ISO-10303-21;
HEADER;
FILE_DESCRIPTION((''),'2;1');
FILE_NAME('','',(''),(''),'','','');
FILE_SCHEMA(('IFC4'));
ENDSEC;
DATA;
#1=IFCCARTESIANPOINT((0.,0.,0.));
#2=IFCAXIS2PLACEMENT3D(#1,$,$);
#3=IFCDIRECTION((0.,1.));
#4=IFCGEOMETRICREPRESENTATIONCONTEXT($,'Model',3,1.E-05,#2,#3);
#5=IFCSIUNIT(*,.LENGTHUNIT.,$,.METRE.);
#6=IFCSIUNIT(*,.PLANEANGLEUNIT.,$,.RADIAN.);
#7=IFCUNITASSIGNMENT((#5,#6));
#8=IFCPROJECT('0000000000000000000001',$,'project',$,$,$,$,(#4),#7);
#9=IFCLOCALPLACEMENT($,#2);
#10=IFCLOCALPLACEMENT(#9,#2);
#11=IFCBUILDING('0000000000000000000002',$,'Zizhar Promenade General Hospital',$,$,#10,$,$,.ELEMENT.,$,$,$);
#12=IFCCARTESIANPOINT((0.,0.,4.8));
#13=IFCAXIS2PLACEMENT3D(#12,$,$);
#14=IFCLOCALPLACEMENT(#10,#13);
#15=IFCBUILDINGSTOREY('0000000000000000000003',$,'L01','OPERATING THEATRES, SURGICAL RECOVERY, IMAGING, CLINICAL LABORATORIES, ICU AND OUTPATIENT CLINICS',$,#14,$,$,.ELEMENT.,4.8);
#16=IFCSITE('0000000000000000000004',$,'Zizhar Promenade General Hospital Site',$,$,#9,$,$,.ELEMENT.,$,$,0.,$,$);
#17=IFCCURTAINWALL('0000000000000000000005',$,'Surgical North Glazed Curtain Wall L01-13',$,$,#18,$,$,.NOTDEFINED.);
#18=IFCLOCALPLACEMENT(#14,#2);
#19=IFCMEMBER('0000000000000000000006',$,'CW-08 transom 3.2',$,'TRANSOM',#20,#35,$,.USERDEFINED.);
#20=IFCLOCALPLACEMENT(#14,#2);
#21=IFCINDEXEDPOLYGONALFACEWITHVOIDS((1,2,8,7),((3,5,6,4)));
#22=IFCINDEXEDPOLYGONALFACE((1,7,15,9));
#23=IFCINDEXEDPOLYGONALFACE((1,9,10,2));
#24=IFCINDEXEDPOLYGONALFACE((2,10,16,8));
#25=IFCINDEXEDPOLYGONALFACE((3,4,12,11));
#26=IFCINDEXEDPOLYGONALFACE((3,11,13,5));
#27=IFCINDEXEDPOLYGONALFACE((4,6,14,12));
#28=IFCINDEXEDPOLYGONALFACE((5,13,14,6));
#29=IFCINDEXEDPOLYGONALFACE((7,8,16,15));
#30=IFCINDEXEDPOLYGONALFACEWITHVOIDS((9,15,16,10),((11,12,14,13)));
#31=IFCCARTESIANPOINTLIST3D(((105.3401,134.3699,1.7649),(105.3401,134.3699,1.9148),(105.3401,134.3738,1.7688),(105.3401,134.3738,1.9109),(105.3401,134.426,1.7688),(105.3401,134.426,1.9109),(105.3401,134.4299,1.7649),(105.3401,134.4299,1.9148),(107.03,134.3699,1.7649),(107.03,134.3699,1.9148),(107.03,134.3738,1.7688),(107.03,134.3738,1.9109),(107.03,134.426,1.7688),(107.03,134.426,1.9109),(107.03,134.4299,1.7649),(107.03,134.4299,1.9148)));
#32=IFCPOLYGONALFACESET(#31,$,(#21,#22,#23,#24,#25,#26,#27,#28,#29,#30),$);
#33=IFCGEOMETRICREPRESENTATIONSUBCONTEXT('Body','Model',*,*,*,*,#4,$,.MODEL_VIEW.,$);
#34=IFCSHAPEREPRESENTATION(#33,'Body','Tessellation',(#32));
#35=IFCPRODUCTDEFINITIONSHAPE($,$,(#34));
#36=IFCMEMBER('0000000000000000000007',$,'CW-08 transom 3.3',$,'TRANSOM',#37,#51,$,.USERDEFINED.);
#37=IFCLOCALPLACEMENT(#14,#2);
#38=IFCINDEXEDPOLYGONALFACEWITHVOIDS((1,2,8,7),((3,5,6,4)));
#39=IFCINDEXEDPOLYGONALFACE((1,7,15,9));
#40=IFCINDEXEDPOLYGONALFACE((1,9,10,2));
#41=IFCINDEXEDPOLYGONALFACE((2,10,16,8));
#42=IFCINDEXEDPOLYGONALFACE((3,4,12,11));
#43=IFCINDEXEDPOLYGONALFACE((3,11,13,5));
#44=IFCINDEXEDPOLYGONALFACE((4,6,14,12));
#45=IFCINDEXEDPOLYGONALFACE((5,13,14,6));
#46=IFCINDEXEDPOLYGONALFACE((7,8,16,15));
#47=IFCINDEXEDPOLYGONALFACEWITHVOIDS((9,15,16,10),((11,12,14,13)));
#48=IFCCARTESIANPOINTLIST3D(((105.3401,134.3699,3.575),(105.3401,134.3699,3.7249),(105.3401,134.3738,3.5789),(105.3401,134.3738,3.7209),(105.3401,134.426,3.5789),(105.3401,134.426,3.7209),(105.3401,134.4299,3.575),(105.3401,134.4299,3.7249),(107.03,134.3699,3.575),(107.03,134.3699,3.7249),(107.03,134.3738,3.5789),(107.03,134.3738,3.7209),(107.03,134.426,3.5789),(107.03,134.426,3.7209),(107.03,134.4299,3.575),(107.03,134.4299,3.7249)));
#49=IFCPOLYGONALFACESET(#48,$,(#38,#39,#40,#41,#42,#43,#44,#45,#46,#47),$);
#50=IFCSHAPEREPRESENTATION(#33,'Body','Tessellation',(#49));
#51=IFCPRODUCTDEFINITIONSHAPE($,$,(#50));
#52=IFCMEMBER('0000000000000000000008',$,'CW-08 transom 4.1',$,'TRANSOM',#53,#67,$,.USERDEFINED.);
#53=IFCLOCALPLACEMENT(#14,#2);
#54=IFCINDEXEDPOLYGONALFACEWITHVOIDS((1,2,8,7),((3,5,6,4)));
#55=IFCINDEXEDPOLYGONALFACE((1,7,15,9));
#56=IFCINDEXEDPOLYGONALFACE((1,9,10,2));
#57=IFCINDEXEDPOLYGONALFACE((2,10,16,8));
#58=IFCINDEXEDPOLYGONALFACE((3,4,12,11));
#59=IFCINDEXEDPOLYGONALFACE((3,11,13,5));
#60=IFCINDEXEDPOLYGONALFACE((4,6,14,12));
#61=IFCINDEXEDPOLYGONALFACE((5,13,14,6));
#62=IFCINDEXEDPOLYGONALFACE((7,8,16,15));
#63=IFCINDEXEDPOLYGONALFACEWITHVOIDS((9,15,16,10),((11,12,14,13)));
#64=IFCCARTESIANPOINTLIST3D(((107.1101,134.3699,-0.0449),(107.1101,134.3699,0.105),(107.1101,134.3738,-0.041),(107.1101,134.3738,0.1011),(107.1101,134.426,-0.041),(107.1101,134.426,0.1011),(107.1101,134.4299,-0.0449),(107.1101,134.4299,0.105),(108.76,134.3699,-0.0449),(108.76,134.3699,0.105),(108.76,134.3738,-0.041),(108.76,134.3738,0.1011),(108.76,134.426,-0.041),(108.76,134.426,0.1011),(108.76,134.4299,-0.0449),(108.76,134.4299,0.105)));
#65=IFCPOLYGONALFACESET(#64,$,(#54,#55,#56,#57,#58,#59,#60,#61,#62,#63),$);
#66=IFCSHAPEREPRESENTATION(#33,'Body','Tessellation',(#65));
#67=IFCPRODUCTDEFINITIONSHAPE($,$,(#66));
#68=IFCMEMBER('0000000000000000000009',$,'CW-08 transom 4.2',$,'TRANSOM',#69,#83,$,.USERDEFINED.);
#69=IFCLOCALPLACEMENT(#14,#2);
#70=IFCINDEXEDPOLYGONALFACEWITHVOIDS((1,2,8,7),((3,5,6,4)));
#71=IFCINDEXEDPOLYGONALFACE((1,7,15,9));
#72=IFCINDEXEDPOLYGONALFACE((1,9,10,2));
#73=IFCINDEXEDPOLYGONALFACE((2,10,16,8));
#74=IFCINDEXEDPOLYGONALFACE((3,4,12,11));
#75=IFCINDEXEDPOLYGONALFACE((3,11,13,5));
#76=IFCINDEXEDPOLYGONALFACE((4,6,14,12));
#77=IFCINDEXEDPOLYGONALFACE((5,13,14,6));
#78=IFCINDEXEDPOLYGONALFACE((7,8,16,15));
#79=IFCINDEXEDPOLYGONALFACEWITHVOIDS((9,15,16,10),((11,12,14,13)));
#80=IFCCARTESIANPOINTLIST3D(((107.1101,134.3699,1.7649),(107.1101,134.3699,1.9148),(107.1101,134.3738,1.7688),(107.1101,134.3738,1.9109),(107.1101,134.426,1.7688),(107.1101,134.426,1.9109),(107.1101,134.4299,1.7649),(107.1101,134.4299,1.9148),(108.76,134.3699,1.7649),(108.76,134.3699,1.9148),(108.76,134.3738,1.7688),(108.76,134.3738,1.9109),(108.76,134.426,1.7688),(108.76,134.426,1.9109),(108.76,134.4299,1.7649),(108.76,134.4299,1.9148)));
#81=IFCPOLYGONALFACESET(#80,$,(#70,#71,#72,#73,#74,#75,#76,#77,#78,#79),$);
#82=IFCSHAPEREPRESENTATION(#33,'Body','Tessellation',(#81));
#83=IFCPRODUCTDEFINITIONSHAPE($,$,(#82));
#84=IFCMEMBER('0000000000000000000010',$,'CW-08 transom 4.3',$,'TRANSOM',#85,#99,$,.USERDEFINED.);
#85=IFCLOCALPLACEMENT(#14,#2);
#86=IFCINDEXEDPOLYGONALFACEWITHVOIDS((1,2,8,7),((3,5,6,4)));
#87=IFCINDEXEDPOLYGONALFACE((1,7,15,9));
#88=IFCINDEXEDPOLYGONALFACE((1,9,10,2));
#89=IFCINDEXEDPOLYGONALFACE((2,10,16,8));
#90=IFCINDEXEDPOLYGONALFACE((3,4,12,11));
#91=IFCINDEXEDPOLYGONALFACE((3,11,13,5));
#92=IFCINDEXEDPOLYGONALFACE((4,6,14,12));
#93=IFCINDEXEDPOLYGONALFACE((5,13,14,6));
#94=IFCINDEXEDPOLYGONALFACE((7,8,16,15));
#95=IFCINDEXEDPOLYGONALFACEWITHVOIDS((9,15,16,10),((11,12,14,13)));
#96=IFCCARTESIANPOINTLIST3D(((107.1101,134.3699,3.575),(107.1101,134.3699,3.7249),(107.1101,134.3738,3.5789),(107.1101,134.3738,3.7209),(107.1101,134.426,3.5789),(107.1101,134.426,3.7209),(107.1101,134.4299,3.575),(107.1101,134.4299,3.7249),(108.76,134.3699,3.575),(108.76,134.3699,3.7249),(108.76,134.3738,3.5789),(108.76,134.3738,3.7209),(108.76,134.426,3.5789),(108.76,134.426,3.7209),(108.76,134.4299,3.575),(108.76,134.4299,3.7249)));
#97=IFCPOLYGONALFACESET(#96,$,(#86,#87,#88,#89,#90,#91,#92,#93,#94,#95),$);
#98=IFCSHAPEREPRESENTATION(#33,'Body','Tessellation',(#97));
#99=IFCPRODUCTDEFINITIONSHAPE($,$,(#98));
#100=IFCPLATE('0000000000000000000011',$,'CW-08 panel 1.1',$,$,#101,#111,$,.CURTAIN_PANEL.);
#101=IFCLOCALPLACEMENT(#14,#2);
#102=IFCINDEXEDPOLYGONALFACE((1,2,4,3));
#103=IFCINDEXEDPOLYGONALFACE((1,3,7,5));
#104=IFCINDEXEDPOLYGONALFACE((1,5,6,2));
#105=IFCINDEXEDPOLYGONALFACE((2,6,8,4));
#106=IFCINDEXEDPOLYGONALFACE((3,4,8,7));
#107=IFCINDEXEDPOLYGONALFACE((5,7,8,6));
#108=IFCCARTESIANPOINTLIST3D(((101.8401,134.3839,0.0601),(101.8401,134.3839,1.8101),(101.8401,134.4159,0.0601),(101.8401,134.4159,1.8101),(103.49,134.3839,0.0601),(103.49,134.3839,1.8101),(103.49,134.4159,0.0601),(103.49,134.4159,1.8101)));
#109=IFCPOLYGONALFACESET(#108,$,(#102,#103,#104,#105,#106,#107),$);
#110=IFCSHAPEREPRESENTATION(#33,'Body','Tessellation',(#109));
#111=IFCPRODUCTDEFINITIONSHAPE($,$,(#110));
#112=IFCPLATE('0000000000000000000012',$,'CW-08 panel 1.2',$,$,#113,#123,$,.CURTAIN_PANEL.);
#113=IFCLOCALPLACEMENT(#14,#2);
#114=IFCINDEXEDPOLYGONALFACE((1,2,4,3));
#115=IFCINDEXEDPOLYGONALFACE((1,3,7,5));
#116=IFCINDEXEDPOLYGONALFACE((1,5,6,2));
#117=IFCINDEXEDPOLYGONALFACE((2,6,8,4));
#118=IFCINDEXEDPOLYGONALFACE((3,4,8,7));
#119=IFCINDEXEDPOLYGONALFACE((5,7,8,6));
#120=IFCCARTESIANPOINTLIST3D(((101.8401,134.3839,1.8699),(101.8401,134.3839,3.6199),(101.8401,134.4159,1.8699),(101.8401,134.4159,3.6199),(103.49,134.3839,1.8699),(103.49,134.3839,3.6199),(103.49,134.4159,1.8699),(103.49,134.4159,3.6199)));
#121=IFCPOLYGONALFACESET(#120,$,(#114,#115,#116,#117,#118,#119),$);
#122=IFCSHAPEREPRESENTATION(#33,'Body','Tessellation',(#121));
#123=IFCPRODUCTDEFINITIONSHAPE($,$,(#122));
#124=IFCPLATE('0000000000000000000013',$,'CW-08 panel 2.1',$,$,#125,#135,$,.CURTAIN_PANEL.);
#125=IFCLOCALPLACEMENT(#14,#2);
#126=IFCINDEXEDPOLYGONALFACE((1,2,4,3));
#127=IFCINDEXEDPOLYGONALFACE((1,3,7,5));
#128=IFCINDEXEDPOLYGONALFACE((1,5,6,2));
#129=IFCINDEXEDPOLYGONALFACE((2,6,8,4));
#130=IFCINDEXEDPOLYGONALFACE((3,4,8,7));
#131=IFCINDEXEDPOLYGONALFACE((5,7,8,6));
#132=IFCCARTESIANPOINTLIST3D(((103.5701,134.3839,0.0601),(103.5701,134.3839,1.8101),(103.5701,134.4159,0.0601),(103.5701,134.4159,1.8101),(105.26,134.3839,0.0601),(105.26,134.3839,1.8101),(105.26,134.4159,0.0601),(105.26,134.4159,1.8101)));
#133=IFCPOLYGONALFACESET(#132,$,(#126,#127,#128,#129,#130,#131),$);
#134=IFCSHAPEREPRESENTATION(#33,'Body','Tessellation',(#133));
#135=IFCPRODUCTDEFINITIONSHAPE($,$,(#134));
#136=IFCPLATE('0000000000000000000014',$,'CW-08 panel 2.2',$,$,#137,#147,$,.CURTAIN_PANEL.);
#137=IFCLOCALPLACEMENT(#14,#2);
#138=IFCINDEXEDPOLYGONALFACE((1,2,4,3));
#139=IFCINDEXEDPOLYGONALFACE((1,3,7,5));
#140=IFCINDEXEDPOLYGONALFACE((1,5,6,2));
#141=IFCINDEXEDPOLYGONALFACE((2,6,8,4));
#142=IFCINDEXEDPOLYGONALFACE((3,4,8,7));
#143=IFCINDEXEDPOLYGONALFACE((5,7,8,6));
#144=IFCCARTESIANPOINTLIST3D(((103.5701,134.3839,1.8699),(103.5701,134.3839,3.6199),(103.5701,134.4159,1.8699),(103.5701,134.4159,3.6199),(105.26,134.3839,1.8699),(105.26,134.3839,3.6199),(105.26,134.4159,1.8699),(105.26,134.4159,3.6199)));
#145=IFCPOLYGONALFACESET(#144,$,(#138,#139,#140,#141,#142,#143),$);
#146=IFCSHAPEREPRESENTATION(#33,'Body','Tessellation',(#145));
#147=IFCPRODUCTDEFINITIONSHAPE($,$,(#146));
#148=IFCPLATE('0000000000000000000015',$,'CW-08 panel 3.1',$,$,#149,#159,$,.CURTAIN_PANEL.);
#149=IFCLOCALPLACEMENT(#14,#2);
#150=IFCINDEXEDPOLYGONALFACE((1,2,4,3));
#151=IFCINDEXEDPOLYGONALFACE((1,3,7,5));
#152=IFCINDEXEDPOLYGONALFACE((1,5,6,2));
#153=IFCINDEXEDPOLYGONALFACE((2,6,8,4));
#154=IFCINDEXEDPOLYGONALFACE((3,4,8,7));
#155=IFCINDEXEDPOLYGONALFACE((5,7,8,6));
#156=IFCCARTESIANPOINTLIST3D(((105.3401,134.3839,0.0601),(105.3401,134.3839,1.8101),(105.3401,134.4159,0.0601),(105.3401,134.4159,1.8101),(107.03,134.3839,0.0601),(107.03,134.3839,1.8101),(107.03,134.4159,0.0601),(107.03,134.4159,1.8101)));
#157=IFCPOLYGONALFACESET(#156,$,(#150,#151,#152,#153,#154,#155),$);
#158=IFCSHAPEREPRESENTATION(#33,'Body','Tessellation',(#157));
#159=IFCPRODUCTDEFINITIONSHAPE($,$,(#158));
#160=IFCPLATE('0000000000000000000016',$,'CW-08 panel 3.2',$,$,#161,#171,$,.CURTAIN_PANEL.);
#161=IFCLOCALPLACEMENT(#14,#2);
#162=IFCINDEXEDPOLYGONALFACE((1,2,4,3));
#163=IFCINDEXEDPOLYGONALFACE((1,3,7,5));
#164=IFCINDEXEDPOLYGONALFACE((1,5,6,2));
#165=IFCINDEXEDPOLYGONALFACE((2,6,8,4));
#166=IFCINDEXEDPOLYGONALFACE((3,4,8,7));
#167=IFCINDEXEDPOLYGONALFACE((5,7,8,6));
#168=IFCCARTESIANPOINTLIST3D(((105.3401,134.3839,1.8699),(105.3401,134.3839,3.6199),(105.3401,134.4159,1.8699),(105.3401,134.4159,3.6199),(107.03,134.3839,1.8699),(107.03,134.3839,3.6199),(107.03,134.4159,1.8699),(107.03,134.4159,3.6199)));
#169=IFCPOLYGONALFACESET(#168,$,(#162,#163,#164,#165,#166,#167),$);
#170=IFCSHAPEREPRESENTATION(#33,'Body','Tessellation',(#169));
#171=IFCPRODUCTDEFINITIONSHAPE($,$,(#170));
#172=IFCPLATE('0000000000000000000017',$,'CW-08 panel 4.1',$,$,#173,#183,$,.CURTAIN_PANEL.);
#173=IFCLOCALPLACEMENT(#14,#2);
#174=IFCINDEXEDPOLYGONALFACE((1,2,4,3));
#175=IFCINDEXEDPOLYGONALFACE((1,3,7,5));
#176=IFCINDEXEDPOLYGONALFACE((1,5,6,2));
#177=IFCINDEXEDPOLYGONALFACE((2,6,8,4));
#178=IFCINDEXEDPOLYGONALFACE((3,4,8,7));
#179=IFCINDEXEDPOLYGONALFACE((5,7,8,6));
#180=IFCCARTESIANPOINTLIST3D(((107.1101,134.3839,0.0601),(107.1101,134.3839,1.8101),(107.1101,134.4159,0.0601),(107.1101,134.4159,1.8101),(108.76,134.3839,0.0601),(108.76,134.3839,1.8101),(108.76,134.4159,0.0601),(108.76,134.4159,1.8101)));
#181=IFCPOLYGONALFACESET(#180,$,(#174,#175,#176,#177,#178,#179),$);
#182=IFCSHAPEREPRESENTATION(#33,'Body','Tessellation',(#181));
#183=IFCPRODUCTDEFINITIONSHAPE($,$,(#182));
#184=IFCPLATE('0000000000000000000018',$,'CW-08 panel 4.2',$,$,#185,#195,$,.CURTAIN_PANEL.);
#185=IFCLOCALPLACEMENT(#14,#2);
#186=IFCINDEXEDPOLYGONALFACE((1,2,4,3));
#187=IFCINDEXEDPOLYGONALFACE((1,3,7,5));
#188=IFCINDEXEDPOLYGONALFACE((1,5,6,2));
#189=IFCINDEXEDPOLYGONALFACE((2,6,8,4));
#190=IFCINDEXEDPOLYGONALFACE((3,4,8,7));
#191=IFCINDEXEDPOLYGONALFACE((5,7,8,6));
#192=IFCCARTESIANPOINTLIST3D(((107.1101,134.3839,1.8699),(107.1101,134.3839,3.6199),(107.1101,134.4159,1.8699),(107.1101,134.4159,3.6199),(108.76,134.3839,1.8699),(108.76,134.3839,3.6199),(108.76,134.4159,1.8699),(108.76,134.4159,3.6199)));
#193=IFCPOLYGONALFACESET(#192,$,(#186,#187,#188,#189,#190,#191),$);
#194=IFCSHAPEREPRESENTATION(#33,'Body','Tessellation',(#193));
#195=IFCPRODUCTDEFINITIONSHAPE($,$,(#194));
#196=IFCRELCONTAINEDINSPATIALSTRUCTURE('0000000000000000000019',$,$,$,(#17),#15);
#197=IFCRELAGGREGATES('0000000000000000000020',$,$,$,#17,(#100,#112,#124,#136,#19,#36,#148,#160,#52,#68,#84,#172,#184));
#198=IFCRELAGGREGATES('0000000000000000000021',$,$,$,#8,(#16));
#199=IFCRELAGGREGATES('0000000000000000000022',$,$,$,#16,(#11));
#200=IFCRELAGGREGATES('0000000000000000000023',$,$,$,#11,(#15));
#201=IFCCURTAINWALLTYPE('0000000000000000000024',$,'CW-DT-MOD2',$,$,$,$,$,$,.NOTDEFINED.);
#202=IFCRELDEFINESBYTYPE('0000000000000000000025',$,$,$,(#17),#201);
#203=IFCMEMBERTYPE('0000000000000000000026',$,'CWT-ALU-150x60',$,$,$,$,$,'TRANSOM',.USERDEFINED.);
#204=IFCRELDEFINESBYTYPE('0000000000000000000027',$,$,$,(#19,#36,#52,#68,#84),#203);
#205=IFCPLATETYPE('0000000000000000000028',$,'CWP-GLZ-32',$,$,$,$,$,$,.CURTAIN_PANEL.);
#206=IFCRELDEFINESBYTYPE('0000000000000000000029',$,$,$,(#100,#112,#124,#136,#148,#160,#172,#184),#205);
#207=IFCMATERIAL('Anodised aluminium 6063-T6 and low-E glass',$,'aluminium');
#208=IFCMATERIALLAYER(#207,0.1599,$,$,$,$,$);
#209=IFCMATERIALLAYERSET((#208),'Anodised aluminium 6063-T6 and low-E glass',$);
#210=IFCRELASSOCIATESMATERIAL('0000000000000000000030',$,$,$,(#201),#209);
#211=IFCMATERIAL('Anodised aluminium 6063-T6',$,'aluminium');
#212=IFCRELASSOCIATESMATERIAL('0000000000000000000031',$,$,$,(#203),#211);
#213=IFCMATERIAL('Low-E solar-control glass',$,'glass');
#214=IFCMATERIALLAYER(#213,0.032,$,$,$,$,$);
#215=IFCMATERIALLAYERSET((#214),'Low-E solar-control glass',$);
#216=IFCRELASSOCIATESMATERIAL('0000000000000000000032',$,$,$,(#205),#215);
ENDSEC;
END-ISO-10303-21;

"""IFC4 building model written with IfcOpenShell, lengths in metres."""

from ifc_helpers import new_model, si_unit, direction, frame, origin, origin_2d, place, context, subcontext, project, spatial, rectangle, hollow_rectangle, extrude, material, layer, layer_set, material_profile, profile_set, type_object, element, aggregate, save


model = new_model("IFC4")

# Units and contexts
model_context = context("Model", 3, precision=1e-05, world=origin(), true_north=direction((0.0, 1.0)))
body_context = subcontext(model_context, "Body", "Model", "MODEL_VIEW")
ifc_project = project(units=[si_unit("LENGTHUNIT", "METRE"), si_unit("PLANEANGLEUNIT", "RADIAN")], contexts=[model_context])

# Site, building, storey
site_placement = place(None, origin())
site = spatial("IfcSite", under=ifc_project, at=site_placement, Name="Zizhar Promenade General Hospital Site", CompositionType="ELEMENT", RefElevation=0.0)
building_placement = place(site_placement, origin())
building = spatial("IfcBuilding", under=site, at=building_placement, Name="Zizhar Promenade General Hospital", CompositionType="ELEMENT")
storey_placement = place(building_placement, frame((0.0, 0.0, 4.8)))
storey = spatial("IfcBuildingStorey", under=building, at=storey_placement, Name="L01", Description="OPERATING THEATRES, SURGICAL RECOVERY, IMAGING, CLINICAL LABORATORIES, ICU AND OUTPATIENT CLINICS", CompositionType="ELEMENT", Elevation=4.8)

# Curtain wall, members, plates
ifc_material_1 = material(Name="Anodised aluminium 6063-T6 and low-E glass", Category="aluminium")
ifc_layer_1 = layer(ifc_material_1, 0.1599)
ifc_layer_set_1 = layer_set([ifc_layer_1], Name="Anodised aluminium 6063-T6 and low-E glass")
curtain_wall_type = type_object("IfcCurtainWallType", Name="CW-DT-MOD2", PredefinedType="NOTDEFINED", material=ifc_layer_set_1)
curtain_wall_placement = place(storey_placement, origin())
curtain_wall = element("IfcCurtainWall", 1, at=curtain_wall_placement, inside=storey, type_object=curtain_wall_type, Name="Surgical North Glazed Curtain Wall L01-13", PredefinedType="NOTDEFINED")
ifc_material_2 = material(Name="Anodised aluminium 6063-T6", Category="aluminium")
ifc_material_profile_1 = material_profile(ifc_material_2, hollow_rectangle(XDim=0.0601, YDim=0.1499, WallThickness=0.0039, at=origin_2d()))
ifc_profile_set_1 = profile_set([ifc_material_profile_1], Name="Anodised aluminium 6063-T6")
member_type_1 = type_object("IfcMemberType", Name="CWT-ALU-150x60", ElementType="TRANSOM", PredefinedType="USERDEFINED", material=ifc_profile_set_1)
member_1_placement = place(storey_placement, frame((105.3401, 134.3999, 1.8398), z_axis=(1.0, 0.0, 0.0), x_axis=(0.0, 1.0, 0.0)))
member_1 = element("IfcMember", 2, at=member_1_placement, type_object=member_type_1, Name="CW-08 transom 3.2", ObjectType="TRANSOM", PredefinedType="USERDEFINED", context=body_context, shape_type="SweptSolid", body=[
    extrude(hollow_rectangle(XDim=0.0601, YDim=0.1499, WallThickness=0.0039, at=origin_2d()), origin(), (0.0, 0.0, 1.0), 1.6899),
])
member_2_placement = place(storey_placement, frame((105.3401, 134.3999, 3.6499), z_axis=(1.0, 0.0, 0.0), x_axis=(0.0, 1.0, 0.0)))
member_2 = element("IfcMember", 3, at=member_2_placement, type_object=member_type_1, Name="CW-08 transom 3.3", ObjectType="TRANSOM", PredefinedType="USERDEFINED", context=body_context, shape_type="SweptSolid", body=[
    extrude(hollow_rectangle(XDim=0.0601, YDim=0.1499, WallThickness=0.0039, at=origin_2d()), origin(), (0.0, 0.0, 1.0), 1.6899),
])
member_3_placement = place(storey_placement, frame((107.1101, 134.3999, 0.03), z_axis=(1.0, 0.0, 0.0), x_axis=(0.0, 1.0, 0.0)))
member_3 = element("IfcMember", 4, at=member_3_placement, type_object=member_type_1, Name="CW-08 transom 4.1", ObjectType="TRANSOM", PredefinedType="USERDEFINED", context=body_context, shape_type="SweptSolid", body=[
    extrude(hollow_rectangle(XDim=0.0601, YDim=0.1499, WallThickness=0.0039, at=origin_2d()), origin(), (0.0, 0.0, 1.0), 1.6499),
])
member_4_placement = place(storey_placement, frame((107.1101, 134.3999, 1.8398), z_axis=(1.0, 0.0, 0.0), x_axis=(0.0, 1.0, 0.0)))
member_4 = element("IfcMember", 5, at=member_4_placement, type_object=member_type_1, Name="CW-08 transom 4.2", ObjectType="TRANSOM", PredefinedType="USERDEFINED", context=body_context, shape_type="SweptSolid", body=[
    extrude(hollow_rectangle(XDim=0.0601, YDim=0.1499, WallThickness=0.0039, at=origin_2d()), origin(), (0.0, 0.0, 1.0), 1.6499),
])
member_5_placement = place(storey_placement, frame((107.1101, 134.3999, 3.6499), z_axis=(1.0, 0.0, 0.0), x_axis=(0.0, 1.0, 0.0)))
member_5 = element("IfcMember", 6, at=member_5_placement, type_object=member_type_1, Name="CW-08 transom 4.3", ObjectType="TRANSOM", PredefinedType="USERDEFINED", context=body_context, shape_type="SweptSolid", body=[
    extrude(hollow_rectangle(XDim=0.0601, YDim=0.1499, WallThickness=0.0039, at=origin_2d()), origin(), (0.0, 0.0, 1.0), 1.6499),
])
ifc_material_3 = material(Name="Low-E solar-control glass", Category="glass")
ifc_layer_2 = layer(ifc_material_3, 0.032)
ifc_layer_set_2 = layer_set([ifc_layer_2], Name="Low-E solar-control glass")
plate_type = type_object("IfcPlateType", Name="CWP-GLZ-32", PredefinedType="CURTAIN_PANEL", material=ifc_layer_set_2)
plate_1_placement = place(storey_placement, frame((102.665, 134.3999, 0.0601), z_axis=(0.0, 0.0, 1.0), x_axis=(1.0, 0.0, 0.0)))
plate_1 = element("IfcPlate", 7, at=plate_1_placement, type_object=plate_type, Name="CW-08 panel 1.1", PredefinedType="CURTAIN_PANEL", context=body_context, shape_type="SweptSolid", body=[
    extrude(rectangle(XDim=1.6499, YDim=0.032, at=origin_2d()), origin(), (0.0, 0.0, 1.0), 1.75),
])
plate_2_placement = place(storey_placement, frame((102.665, 134.3999, 1.8699), z_axis=(0.0, 0.0, 1.0), x_axis=(1.0, 0.0, 0.0)))
plate_2 = element("IfcPlate", 8, at=plate_2_placement, type_object=plate_type, Name="CW-08 panel 1.2", PredefinedType="CURTAIN_PANEL", context=body_context, shape_type="SweptSolid", body=[
    extrude(rectangle(XDim=1.6499, YDim=0.032, at=origin_2d()), origin(), (0.0, 0.0, 1.0), 1.75),
])
plate_3_placement = place(storey_placement, frame((104.415, 134.3999, 0.0601), z_axis=(0.0, 0.0, 1.0), x_axis=(1.0, 0.0, 0.0)))
plate_3 = element("IfcPlate", 9, at=plate_3_placement, type_object=plate_type, Name="CW-08 panel 2.1", PredefinedType="CURTAIN_PANEL", context=body_context, shape_type="SweptSolid", body=[
    extrude(rectangle(XDim=1.6899, YDim=0.032, at=origin_2d()), origin(), (0.0, 0.0, 1.0), 1.75),
])
plate_4_placement = place(storey_placement, frame((104.415, 134.3999, 1.8699), z_axis=(0.0, 0.0, 1.0), x_axis=(1.0, 0.0, 0.0)))
plate_4 = element("IfcPlate", 10, at=plate_4_placement, type_object=plate_type, Name="CW-08 panel 2.2", PredefinedType="CURTAIN_PANEL", context=body_context, shape_type="SweptSolid", body=[
    extrude(rectangle(XDim=1.6899, YDim=0.032, at=origin_2d()), origin(), (0.0, 0.0, 1.0), 1.75),
])
plate_5_placement = place(storey_placement, frame((106.1851, 134.3999, 0.0601), z_axis=(0.0, 0.0, 1.0), x_axis=(1.0, 0.0, 0.0)))
plate_5 = element("IfcPlate", 11, at=plate_5_placement, type_object=plate_type, Name="CW-08 panel 3.1", PredefinedType="CURTAIN_PANEL", context=body_context, shape_type="SweptSolid", body=[
    extrude(rectangle(XDim=1.6899, YDim=0.032, at=origin_2d()), origin(), (0.0, 0.0, 1.0), 1.75),
])
plate_6_placement = place(storey_placement, frame((106.1851, 134.3999, 1.8699), z_axis=(0.0, 0.0, 1.0), x_axis=(1.0, 0.0, 0.0)))
plate_6 = element("IfcPlate", 12, at=plate_6_placement, type_object=plate_type, Name="CW-08 panel 3.2", PredefinedType="CURTAIN_PANEL", context=body_context, shape_type="SweptSolid", body=[
    extrude(rectangle(XDim=1.6899, YDim=0.032, at=origin_2d()), origin(), (0.0, 0.0, 1.0), 1.75),
])
plate_7_placement = place(storey_placement, frame((107.9351, 134.3999, 0.0601), z_axis=(0.0, 0.0, 1.0), x_axis=(1.0, 0.0, 0.0)))
plate_7 = element("IfcPlate", 13, at=plate_7_placement, type_object=plate_type, Name="CW-08 panel 4.1", PredefinedType="CURTAIN_PANEL", context=body_context, shape_type="SweptSolid", body=[
    extrude(rectangle(XDim=1.6499, YDim=0.032, at=origin_2d()), origin(), (0.0, 0.0, 1.0), 1.75),
])
plate_8_placement = place(storey_placement, frame((107.9351, 134.3999, 1.8699), z_axis=(0.0, 0.0, 1.0), x_axis=(1.0, 0.0, 0.0)))
plate_8 = element("IfcPlate", 14, at=plate_8_placement, type_object=plate_type, Name="CW-08 panel 4.2", PredefinedType="CURTAIN_PANEL", context=body_context, shape_type="SweptSolid", body=[
    extrude(rectangle(XDim=1.6499, YDim=0.032, at=origin_2d()), origin(), (0.0, 0.0, 1.0), 1.75),
])
aggregate(curtain_wall, [plate_1, plate_2, plate_3, plate_4, member_1, member_2, plate_5, plate_6, member_3, member_4, member_5, plate_7, plate_8])

save(model, "model.ifc")
